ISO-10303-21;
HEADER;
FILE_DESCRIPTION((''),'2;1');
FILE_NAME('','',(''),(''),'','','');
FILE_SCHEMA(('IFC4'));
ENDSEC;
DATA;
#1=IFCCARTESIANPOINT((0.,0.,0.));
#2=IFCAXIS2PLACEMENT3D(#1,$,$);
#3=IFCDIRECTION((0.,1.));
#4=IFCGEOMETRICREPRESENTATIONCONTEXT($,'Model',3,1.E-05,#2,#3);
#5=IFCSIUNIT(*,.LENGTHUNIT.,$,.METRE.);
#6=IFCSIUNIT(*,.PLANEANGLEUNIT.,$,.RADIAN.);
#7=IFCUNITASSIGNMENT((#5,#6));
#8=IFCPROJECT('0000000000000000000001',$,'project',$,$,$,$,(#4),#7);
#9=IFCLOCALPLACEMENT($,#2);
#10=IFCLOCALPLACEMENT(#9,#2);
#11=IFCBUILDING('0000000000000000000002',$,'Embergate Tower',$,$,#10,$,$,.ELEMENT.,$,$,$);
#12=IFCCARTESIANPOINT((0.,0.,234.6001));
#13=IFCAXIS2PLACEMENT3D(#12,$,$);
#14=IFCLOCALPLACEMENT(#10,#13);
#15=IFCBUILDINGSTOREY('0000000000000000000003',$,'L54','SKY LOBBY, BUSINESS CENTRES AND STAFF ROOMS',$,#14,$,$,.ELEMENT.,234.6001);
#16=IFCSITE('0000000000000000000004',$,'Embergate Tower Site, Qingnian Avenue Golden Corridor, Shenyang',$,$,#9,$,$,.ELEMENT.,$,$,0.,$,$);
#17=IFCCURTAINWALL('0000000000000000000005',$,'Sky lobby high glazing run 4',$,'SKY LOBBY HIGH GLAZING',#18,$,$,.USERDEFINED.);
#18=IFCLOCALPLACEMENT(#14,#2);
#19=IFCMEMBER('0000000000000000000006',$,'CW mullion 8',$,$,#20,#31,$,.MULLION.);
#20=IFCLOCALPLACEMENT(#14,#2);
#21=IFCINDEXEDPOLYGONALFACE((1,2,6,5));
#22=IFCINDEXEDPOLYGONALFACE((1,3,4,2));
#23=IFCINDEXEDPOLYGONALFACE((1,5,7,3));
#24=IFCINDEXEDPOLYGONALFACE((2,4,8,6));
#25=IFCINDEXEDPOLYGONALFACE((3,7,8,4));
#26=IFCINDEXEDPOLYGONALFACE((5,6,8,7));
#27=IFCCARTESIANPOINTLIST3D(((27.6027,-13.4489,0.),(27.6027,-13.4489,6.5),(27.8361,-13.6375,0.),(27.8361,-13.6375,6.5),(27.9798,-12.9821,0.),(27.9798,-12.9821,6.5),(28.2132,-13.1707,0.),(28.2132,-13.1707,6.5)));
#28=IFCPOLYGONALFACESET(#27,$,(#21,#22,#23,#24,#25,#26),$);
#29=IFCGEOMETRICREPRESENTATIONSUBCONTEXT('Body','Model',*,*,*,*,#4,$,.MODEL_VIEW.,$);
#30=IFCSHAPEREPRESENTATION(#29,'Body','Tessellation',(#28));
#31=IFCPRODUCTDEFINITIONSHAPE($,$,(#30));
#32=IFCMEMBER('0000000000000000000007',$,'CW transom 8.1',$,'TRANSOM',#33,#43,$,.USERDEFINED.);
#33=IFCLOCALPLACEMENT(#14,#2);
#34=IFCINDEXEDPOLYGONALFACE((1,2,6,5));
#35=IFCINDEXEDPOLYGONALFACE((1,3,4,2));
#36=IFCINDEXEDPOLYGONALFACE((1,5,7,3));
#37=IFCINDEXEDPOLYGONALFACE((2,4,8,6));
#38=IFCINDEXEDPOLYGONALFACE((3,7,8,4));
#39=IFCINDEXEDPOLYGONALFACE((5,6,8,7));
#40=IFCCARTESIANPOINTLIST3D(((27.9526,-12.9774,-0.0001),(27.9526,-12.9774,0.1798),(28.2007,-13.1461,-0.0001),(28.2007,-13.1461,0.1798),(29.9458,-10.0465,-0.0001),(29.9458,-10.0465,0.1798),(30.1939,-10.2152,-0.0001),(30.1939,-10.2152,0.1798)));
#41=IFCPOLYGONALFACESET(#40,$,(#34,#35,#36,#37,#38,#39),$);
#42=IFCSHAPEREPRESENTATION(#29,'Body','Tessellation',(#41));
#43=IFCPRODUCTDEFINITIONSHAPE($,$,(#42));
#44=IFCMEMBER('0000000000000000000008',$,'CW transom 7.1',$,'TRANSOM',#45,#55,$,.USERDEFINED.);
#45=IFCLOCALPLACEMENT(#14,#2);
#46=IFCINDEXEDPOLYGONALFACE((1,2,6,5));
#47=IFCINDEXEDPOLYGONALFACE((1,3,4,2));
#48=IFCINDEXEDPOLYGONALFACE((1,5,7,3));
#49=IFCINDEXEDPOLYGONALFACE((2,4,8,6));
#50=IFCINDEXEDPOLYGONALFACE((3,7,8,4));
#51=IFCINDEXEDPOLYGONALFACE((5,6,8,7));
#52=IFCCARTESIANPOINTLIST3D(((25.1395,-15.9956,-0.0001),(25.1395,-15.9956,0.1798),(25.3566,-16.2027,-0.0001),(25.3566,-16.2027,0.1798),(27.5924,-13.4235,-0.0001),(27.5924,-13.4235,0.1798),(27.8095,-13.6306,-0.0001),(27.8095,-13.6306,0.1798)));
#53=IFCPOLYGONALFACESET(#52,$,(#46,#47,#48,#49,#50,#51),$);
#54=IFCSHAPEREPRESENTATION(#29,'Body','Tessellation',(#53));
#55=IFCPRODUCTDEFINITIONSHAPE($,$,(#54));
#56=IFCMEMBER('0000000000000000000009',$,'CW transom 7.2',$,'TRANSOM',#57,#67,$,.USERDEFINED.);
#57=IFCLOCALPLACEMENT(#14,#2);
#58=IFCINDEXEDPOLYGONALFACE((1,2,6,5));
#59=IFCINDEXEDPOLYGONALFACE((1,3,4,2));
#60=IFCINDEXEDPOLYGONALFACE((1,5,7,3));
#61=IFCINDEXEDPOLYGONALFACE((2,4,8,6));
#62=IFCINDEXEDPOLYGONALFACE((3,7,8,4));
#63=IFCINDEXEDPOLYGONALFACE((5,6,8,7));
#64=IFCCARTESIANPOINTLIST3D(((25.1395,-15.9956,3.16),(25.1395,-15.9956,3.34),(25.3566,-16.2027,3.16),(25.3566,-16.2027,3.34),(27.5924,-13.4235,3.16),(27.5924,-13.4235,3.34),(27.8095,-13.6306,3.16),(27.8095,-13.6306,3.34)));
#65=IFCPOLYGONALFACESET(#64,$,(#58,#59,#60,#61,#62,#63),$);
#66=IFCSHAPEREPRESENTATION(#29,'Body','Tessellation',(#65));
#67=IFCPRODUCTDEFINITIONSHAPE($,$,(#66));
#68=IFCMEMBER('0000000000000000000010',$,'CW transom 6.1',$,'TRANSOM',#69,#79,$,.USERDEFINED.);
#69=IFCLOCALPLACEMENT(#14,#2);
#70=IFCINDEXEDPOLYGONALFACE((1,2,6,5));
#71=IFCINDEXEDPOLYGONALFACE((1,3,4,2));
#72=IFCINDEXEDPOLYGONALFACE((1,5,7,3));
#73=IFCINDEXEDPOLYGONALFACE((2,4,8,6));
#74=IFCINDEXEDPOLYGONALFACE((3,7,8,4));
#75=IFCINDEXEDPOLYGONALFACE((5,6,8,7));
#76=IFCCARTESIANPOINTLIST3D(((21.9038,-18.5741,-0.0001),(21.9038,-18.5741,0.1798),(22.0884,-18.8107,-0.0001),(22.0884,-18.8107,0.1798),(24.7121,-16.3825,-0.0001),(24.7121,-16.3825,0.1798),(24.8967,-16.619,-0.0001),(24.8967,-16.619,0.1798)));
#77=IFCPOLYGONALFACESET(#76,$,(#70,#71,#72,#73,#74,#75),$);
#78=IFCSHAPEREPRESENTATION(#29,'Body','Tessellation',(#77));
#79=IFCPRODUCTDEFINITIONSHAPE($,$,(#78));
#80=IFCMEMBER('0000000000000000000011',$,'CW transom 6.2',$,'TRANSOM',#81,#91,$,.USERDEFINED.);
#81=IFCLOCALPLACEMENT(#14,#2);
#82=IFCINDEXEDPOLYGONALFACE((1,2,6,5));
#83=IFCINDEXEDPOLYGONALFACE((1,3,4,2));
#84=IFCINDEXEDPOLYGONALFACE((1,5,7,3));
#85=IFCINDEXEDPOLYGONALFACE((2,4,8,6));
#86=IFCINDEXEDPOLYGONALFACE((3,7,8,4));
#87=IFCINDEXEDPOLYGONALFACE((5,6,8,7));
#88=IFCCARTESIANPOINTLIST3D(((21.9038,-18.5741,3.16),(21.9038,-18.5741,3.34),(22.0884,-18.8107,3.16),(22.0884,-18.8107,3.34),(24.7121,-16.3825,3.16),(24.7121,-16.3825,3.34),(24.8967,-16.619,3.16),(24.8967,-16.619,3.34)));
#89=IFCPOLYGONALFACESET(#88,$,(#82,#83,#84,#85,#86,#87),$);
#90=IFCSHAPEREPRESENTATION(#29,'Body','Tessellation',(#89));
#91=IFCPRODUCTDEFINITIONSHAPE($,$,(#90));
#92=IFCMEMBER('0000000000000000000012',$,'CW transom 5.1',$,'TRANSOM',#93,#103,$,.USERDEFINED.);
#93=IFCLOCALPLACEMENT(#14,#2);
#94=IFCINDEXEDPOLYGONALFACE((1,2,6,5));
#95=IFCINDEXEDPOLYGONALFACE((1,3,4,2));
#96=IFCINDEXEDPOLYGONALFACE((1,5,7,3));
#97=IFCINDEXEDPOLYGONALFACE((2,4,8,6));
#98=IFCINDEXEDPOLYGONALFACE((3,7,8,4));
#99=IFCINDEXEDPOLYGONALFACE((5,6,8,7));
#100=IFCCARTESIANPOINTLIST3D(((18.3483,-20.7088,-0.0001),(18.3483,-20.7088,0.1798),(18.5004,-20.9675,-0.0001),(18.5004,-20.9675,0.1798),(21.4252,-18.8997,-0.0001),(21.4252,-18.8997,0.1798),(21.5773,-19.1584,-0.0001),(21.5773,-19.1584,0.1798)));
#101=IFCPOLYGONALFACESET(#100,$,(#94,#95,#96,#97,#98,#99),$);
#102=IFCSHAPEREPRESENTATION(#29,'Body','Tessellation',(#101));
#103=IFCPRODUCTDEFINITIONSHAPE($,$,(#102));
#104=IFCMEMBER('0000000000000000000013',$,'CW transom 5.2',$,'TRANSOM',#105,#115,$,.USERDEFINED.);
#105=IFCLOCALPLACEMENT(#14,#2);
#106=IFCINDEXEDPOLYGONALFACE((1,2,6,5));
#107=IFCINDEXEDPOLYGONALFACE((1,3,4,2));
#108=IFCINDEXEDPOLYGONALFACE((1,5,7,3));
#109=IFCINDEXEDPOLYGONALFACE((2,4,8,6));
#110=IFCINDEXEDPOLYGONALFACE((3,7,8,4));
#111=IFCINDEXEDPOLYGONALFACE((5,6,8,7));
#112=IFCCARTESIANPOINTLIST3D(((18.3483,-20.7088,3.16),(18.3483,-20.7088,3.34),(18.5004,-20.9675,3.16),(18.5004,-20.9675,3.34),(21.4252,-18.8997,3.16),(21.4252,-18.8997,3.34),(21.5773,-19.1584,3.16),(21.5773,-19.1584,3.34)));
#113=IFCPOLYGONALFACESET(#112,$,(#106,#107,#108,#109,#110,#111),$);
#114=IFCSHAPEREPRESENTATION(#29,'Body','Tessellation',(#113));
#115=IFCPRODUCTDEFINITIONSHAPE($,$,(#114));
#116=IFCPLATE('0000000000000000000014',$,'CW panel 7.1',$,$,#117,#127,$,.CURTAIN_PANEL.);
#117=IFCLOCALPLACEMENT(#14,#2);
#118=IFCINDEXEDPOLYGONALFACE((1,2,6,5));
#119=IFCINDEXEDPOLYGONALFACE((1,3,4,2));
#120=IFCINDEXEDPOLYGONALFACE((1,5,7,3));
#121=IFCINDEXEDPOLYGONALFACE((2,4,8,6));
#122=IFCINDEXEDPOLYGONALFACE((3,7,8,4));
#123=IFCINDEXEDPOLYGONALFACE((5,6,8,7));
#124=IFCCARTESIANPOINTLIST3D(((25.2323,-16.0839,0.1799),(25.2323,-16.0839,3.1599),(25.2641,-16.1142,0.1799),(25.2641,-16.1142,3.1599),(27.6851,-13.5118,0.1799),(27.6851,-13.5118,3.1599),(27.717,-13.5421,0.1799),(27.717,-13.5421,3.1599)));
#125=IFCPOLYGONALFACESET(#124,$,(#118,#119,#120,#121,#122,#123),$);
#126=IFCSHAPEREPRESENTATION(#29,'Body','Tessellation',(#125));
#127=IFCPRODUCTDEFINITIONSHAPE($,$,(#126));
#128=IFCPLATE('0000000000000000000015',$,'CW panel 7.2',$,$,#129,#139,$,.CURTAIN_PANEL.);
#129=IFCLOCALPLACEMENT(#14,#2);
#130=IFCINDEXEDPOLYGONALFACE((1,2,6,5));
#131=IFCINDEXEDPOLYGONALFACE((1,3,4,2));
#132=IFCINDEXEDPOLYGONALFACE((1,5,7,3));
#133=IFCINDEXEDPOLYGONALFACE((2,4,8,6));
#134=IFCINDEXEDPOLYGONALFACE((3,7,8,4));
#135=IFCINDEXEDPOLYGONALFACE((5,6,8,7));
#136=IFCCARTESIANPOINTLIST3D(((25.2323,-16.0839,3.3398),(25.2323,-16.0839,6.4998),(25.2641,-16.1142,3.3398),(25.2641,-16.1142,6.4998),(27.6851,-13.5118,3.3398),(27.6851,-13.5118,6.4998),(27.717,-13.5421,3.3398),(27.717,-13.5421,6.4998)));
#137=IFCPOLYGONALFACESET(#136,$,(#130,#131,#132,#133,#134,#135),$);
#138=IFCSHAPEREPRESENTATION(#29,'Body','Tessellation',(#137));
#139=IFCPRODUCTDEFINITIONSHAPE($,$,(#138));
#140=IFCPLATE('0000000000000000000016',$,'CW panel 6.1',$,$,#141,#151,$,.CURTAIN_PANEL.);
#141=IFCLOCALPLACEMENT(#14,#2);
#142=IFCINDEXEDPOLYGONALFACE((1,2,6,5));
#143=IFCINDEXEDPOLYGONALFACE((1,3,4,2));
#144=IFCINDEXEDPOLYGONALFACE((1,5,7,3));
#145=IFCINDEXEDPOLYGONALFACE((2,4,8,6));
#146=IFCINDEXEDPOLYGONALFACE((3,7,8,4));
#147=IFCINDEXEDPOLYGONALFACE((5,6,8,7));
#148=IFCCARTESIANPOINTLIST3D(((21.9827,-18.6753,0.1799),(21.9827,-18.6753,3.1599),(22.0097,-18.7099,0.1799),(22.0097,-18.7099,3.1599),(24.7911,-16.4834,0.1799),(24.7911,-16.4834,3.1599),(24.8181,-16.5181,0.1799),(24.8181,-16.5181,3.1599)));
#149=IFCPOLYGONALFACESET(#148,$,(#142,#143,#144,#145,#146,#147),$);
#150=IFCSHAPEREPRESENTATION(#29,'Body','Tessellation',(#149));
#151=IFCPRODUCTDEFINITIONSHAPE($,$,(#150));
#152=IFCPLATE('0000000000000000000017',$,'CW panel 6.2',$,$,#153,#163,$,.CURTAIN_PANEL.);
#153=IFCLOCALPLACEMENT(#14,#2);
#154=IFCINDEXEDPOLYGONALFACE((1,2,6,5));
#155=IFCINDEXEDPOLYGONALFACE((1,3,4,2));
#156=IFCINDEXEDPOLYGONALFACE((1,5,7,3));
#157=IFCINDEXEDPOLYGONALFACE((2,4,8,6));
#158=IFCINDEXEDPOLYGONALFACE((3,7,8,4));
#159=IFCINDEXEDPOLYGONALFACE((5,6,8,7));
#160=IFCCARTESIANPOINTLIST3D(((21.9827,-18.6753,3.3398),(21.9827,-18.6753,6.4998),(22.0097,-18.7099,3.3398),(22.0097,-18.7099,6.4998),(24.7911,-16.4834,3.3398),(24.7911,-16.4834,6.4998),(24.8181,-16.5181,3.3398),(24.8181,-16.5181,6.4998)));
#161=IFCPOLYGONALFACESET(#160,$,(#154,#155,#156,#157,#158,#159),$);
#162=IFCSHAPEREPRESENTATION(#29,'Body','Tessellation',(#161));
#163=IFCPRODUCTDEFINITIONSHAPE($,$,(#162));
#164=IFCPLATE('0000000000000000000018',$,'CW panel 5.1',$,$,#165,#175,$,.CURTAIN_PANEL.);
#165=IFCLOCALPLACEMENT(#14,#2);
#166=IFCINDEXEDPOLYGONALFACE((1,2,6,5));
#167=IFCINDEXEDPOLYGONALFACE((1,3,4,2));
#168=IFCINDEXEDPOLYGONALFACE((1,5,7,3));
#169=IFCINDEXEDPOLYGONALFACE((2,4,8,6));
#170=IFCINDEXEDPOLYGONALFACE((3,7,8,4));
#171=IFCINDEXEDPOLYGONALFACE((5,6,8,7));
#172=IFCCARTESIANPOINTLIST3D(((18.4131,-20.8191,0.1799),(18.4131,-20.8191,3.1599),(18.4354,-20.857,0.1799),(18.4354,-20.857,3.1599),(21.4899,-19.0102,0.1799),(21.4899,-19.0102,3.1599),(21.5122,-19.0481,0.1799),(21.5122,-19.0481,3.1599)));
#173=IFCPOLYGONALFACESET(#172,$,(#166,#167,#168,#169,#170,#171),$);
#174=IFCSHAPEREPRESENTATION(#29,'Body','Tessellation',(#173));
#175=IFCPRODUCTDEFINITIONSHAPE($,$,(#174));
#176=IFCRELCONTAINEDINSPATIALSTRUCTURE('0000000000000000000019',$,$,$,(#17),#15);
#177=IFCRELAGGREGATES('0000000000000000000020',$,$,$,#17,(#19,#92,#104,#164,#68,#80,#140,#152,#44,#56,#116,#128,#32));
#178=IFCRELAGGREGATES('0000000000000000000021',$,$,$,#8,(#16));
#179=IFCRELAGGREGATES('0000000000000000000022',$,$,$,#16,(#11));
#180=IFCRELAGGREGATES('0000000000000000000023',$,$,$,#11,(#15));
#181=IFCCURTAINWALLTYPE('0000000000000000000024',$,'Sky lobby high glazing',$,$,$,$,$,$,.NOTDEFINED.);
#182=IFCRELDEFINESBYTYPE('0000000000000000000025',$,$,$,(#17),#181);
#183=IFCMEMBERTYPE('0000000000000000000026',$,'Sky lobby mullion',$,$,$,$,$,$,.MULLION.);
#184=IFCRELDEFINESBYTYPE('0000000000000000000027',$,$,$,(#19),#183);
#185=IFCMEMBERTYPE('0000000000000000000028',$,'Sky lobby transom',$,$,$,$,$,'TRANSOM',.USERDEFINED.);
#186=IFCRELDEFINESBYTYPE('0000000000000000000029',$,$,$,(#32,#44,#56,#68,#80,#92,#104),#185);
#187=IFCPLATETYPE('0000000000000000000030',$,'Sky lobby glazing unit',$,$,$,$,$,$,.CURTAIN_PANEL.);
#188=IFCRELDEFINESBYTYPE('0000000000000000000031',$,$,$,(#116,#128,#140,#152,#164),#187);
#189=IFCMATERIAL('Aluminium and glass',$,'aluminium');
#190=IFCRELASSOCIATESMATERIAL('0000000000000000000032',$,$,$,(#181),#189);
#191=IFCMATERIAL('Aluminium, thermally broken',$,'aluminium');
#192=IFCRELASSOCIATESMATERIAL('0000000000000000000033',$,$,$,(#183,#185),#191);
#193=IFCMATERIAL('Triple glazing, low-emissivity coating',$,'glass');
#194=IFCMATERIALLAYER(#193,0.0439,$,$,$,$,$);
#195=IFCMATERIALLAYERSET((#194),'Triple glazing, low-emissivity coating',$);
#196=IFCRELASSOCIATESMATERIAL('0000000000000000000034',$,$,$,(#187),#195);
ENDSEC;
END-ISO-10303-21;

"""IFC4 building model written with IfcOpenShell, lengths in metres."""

from ifc_helpers import new_model, si_unit, direction, frame, origin, origin_2d, place, context, subcontext, project, spatial, rectangle, extrude, source, transform, mapped, material, layer, layer_set, material_profile, profile_set, type_object, element, aggregate, save


model = new_model("IFC4")

# Units and contexts
model_context = context("Model", 3, precision=1e-05, world=origin(), true_north=direction((0.0, 1.0)))
body_context = subcontext(model_context, "Body", "Model", "MODEL_VIEW")
ifc_project = project(units=[si_unit("LENGTHUNIT", "METRE"), si_unit("PLANEANGLEUNIT", "RADIAN")], contexts=[model_context])

# Site, building, storey
site_placement = place(None, origin())
site = spatial("IfcSite", under=ifc_project, at=site_placement, Name="Embergate Tower Site, Qingnian Avenue Golden Corridor, Shenyang", CompositionType="ELEMENT", RefElevation=0.0)
building_placement = place(site_placement, origin())
building = spatial("IfcBuilding", under=site, at=building_placement, Name="Embergate Tower", CompositionType="ELEMENT")
storey_placement = place(building_placement, frame((0.0, 0.0, 234.6001)))
storey = spatial("IfcBuildingStorey", under=building, at=storey_placement, Name="L54", Description="SKY LOBBY, BUSINESS CENTRES AND STAFF ROOMS", CompositionType="ELEMENT", Elevation=234.6001)

# Curtain wall, members, plates
ifc_material_1 = material(Name="Aluminium and glass", Category="aluminium")
curtain_wall_type = type_object("IfcCurtainWallType", Name="Sky lobby high glazing", PredefinedType="NOTDEFINED", material=ifc_material_1)
curtain_wall_placement = place(storey_placement, origin())
curtain_wall = element("IfcCurtainWall", 1, at=curtain_wall_placement, inside=storey, type_object=curtain_wall_type, Name="Sky lobby high glazing run 4", ObjectType="SKY LOBBY HIGH GLAZING", PredefinedType="USERDEFINED")
ifc_material_2 = material(Name="Aluminium, thermally broken", Category="aluminium")
ifc_material_profile_1 = material_profile(ifc_material_2, rectangle(XDim=0.3, YDim=0.6001, at=origin_2d()), Name="AL 600x300")
ifc_profile_set_1 = profile_set([ifc_material_profile_1], Name="Aluminium, thermally broken")
member_type_1 = type_object("IfcMemberType", Name="Sky lobby mullion", PredefinedType="MULLION", material=ifc_profile_set_1)
shared_shape_1 = source(origin(), body_context, "Body", "SweptSolid", [
    extrude(rectangle(XDim=0.3, YDim=0.6001, at=origin_2d()), origin(), (0.0, 0.0, 1.0), 6.5),
])
member_1_placement = place(storey_placement, frame((27.908, -13.3098, 0.0), z_axis=(0.0, 0.0, 1.0), x_axis=(-0.777858, 0.62844, 0.0)))
member_1 = element("IfcMember", 2, at=member_1_placement, type_object=member_type_1, Name="CW mullion 8", PredefinedType="MULLION", context=body_context, shape_type="MappedRepresentation", body=[
    mapped(shared_shape_1, transform((0.0, 0.0, 0.0))),
])
ifc_material_profile_2 = material_profile(ifc_material_2, rectangle(XDim=0.3, YDim=0.1799, at=origin_2d()), Name="AL 180x300")
ifc_profile_set_2 = profile_set([ifc_material_profile_2], Name="Aluminium, thermally broken")
member_type_2 = type_object("IfcMemberType", Name="Sky lobby transom", ElementType="TRANSOM", PredefinedType="USERDEFINED", material=ifc_profile_set_2)
shared_shape_2 = source(origin(), body_context, "Body", "SweptSolid", [
    extrude(rectangle(XDim=0.3, YDim=0.1799, at=origin_2d()), origin(), (0.0, 0.0, 1.0), 3.5444),
])
member_2_placement = place(storey_placement, frame((28.0767, -13.0618, 0.0898), z_axis=(0.562338, 0.826907, 0.0), x_axis=(-0.826907, 0.562338, 0.0)))
member_2 = element("IfcMember", 3, at=member_2_placement, type_object=member_type_2, Name="CW transom 8.1", ObjectType="TRANSOM", PredefinedType="USERDEFINED", context=body_context, shape_type="MappedRepresentation", body=[
    mapped(shared_shape_2, transform((0.0, 0.0, 0.0))),
])
shared_shape_3 = source(origin(), body_context, "Body", "SweptSolid", [
    extrude(rectangle(XDim=0.3, YDim=0.1799, at=origin_2d()), origin(), (0.0, 0.0, 1.0), 3.5542),
])
member_3_placement = place(storey_placement, frame((25.248, -16.0991, 0.0898), z_axis=(0.690147, 0.723669, 0.0), x_axis=(-0.723669, 0.690147, 0.0)))
member_3 = element("IfcMember", 4, at=member_3_placement, type_object=member_type_2, Name="CW transom 7.1", ObjectType="TRANSOM", PredefinedType="USERDEFINED", context=body_context, shape_type="MappedRepresentation", body=[
    mapped(shared_shape_3, transform((0.0, 0.0, 0.0))),
])
member_4_placement = place(storey_placement, frame((25.248, -16.0991, 3.25), z_axis=(0.690147, 0.723669, 0.0), x_axis=(-0.723669, 0.690147, 0.0)))
member_4 = element("IfcMember", 5, at=member_4_placement, type_object=member_type_2, Name="CW transom 7.2", ObjectType="TRANSOM", PredefinedType="USERDEFINED", context=body_context, shape_type="MappedRepresentation", body=[
    mapped(shared_shape_3, transform((0.0, 0.0, 0.0))),
])
shared_shape_4 = source(origin(), body_context, "Body", "SweptSolid", [
    extrude(rectangle(XDim=0.3, YDim=0.1799, at=origin_2d()), origin(), (0.0, 0.0, 1.0), 3.5623),
])
member_5_placement = place(storey_placement, frame((21.9961, -18.6924, 0.0898), z_axis=(0.788347, 0.61523, 0.0), x_axis=(-0.61523, 0.788347, 0.0)))
member_5 = element("IfcMember", 6, at=member_5_placement, type_object=member_type_2, Name="CW transom 6.1", ObjectType="TRANSOM", PredefinedType="USERDEFINED", context=body_context, shape_type="MappedRepresentation", body=[
    mapped(shared_shape_4, transform((0.0, 0.0, 0.0))),
])
member_6_placement = place(storey_placement, frame((21.9961, -18.6924, 3.25), z_axis=(0.788347, 0.61523, 0.0), x_axis=(-0.61523, 0.788347, 0.0)))
member_6 = element("IfcMember", 7, at=member_6_placement, type_object=member_type_2, Name="CW transom 6.2", ObjectType="TRANSOM", PredefinedType="USERDEFINED", context=body_context, shape_type="MappedRepresentation", body=[
    mapped(shared_shape_4, transform((0.0, 0.0, 0.0))),
])
shared_shape_5 = source(origin(), body_context, "Body", "SweptSolid", [
    extrude(rectangle(XDim=0.3, YDim=0.1799, at=origin_2d()), origin(), (0.0, 0.0, 1.0), 3.5693),
])
member_7_placement = place(storey_placement, frame((18.4243, -20.8381, 0.0898), z_axis=(0.86204, 0.506841, 0.0), x_axis=(-0.506841, 0.86204, 0.0)))
member_7 = element("IfcMember", 8, at=member_7_placement, type_object=member_type_2, Name="CW transom 5.1", ObjectType="TRANSOM", PredefinedType="USERDEFINED", context=body_context, shape_type="MappedRepresentation", body=[
    mapped(shared_shape_5, transform((0.0, 0.0, 0.0))),
])
member_8_placement = place(storey_placement, frame((18.4243, -20.8381, 3.25), z_axis=(0.86204, 0.506841, 0.0), x_axis=(-0.506841, 0.86204, 0.0)))
member_8 = element("IfcMember", 9, at=member_8_placement, type_object=member_type_2, Name="CW transom 5.2", ObjectType="TRANSOM", PredefinedType="USERDEFINED", context=body_context, shape_type="MappedRepresentation", body=[
    mapped(shared_shape_5, transform((0.0, 0.0, 0.0))),
])
ifc_material_3 = material(Name="Triple glazing, low-emissivity coating", Category="glass")
ifc_layer_1 = layer(ifc_material_3, 0.0439)
ifc_layer_set_1 = layer_set([ifc_layer_1], Name="Triple glazing, low-emissivity coating")
plate_type = type_object("IfcPlateType", Name="Sky lobby glazing unit", PredefinedType="CURTAIN_PANEL", material=ifc_layer_set_1)
shared_shape_6 = source(origin(), body_context, "Body", "SweptSolid", [
    extrude(rectangle(XDim=3.5542, YDim=0.0439, at=origin_2d()), origin(), (0.0, 0.0, 1.0), 2.98),
])
plate_1_placement = place(storey_placement, frame((26.4746, -14.813, 0.1799), z_axis=(0.0, 0.0, 1.0), x_axis=(0.690136, 0.723679, 0.0)))
plate_1 = element("IfcPlate", 10, at=plate_1_placement, type_object=plate_type, Name="CW panel 7.1", PredefinedType="CURTAIN_PANEL", context=body_context, shape_type="MappedRepresentation", body=[
    mapped(shared_shape_6, transform((0.0, 0.0, 0.0))),
])
shared_shape_7 = source(origin(), body_context, "Body", "SweptSolid", [
    extrude(rectangle(XDim=3.5542, YDim=0.0439, at=origin_2d()), origin(), (0.0, 0.0, 1.0), 3.1599),
])
plate_2_placement = place(storey_placement, frame((26.4746, -14.813, 3.3398), z_axis=(0.0, 0.0, 1.0), x_axis=(0.690136, 0.723679, 0.0)))
plate_2 = element("IfcPlate", 11, at=plate_2_placement, type_object=plate_type, Name="CW panel 7.2", PredefinedType="CURTAIN_PANEL", context=body_context, shape_type="MappedRepresentation", body=[
    mapped(shared_shape_7, transform((0.0, 0.0, 0.0))),
])
shared_shape_8 = source(origin(), body_context, "Body", "SweptSolid", [
    extrude(rectangle(XDim=3.5625, YDim=0.0439, at=origin_2d()), origin(), (0.0, 0.0, 1.0), 2.98),
])
plate_3_placement = place(storey_placement, frame((23.4004, -17.5967, 0.1799), z_axis=(0.0, 0.0, 1.0), x_axis=(0.788321, 0.615264, 0.0)))
plate_3 = element("IfcPlate", 12, at=plate_3_placement, type_object=plate_type, Name="CW panel 6.1", PredefinedType="CURTAIN_PANEL", context=body_context, shape_type="MappedRepresentation", body=[
    mapped(shared_shape_8, transform((0.0, 0.0, 0.0))),
])
shared_shape_9 = source(origin(), body_context, "Body", "SweptSolid", [
    extrude(rectangle(XDim=3.5625, YDim=0.0439, at=origin_2d()), origin(), (0.0, 0.0, 1.0), 3.1599),
])
plate_4_placement = place(storey_placement, frame((23.4004, -17.5967, 3.3398), z_axis=(0.0, 0.0, 1.0), x_axis=(0.788321, 0.615264, 0.0)))
plate_4 = element("IfcPlate", 13, at=plate_4_placement, type_object=plate_type, Name="CW panel 6.2", PredefinedType="CURTAIN_PANEL", context=body_context, shape_type="MappedRepresentation", body=[
    mapped(shared_shape_9, transform((0.0, 0.0, 0.0))),
])
shared_shape_10 = source(origin(), body_context, "Body", "SweptSolid", [
    extrude(rectangle(XDim=3.5691, YDim=0.0439, at=origin_2d()), origin(), (0.0, 0.0, 1.0), 2.98),
])
plate_5_placement = place(storey_placement, frame((19.9626, -19.9336, 0.1799), z_axis=(0.0, 0.0, 1.0), x_axis=(0.862053, 0.506818, 0.0)))
plate_5 = element("IfcPlate", 14, at=plate_5_placement, type_object=plate_type, Name="CW panel 5.1", PredefinedType="CURTAIN_PANEL", context=body_context, shape_type="MappedRepresentation", body=[
    mapped(shared_shape_10, transform((0.0, 0.0, 0.0))),
])
aggregate(curtain_wall, [member_1, member_7, member_8, plate_5, member_5, member_6, plate_3, plate_4, member_3, member_4, plate_1, plate_2, member_2])

save(model, "model.ifc")
